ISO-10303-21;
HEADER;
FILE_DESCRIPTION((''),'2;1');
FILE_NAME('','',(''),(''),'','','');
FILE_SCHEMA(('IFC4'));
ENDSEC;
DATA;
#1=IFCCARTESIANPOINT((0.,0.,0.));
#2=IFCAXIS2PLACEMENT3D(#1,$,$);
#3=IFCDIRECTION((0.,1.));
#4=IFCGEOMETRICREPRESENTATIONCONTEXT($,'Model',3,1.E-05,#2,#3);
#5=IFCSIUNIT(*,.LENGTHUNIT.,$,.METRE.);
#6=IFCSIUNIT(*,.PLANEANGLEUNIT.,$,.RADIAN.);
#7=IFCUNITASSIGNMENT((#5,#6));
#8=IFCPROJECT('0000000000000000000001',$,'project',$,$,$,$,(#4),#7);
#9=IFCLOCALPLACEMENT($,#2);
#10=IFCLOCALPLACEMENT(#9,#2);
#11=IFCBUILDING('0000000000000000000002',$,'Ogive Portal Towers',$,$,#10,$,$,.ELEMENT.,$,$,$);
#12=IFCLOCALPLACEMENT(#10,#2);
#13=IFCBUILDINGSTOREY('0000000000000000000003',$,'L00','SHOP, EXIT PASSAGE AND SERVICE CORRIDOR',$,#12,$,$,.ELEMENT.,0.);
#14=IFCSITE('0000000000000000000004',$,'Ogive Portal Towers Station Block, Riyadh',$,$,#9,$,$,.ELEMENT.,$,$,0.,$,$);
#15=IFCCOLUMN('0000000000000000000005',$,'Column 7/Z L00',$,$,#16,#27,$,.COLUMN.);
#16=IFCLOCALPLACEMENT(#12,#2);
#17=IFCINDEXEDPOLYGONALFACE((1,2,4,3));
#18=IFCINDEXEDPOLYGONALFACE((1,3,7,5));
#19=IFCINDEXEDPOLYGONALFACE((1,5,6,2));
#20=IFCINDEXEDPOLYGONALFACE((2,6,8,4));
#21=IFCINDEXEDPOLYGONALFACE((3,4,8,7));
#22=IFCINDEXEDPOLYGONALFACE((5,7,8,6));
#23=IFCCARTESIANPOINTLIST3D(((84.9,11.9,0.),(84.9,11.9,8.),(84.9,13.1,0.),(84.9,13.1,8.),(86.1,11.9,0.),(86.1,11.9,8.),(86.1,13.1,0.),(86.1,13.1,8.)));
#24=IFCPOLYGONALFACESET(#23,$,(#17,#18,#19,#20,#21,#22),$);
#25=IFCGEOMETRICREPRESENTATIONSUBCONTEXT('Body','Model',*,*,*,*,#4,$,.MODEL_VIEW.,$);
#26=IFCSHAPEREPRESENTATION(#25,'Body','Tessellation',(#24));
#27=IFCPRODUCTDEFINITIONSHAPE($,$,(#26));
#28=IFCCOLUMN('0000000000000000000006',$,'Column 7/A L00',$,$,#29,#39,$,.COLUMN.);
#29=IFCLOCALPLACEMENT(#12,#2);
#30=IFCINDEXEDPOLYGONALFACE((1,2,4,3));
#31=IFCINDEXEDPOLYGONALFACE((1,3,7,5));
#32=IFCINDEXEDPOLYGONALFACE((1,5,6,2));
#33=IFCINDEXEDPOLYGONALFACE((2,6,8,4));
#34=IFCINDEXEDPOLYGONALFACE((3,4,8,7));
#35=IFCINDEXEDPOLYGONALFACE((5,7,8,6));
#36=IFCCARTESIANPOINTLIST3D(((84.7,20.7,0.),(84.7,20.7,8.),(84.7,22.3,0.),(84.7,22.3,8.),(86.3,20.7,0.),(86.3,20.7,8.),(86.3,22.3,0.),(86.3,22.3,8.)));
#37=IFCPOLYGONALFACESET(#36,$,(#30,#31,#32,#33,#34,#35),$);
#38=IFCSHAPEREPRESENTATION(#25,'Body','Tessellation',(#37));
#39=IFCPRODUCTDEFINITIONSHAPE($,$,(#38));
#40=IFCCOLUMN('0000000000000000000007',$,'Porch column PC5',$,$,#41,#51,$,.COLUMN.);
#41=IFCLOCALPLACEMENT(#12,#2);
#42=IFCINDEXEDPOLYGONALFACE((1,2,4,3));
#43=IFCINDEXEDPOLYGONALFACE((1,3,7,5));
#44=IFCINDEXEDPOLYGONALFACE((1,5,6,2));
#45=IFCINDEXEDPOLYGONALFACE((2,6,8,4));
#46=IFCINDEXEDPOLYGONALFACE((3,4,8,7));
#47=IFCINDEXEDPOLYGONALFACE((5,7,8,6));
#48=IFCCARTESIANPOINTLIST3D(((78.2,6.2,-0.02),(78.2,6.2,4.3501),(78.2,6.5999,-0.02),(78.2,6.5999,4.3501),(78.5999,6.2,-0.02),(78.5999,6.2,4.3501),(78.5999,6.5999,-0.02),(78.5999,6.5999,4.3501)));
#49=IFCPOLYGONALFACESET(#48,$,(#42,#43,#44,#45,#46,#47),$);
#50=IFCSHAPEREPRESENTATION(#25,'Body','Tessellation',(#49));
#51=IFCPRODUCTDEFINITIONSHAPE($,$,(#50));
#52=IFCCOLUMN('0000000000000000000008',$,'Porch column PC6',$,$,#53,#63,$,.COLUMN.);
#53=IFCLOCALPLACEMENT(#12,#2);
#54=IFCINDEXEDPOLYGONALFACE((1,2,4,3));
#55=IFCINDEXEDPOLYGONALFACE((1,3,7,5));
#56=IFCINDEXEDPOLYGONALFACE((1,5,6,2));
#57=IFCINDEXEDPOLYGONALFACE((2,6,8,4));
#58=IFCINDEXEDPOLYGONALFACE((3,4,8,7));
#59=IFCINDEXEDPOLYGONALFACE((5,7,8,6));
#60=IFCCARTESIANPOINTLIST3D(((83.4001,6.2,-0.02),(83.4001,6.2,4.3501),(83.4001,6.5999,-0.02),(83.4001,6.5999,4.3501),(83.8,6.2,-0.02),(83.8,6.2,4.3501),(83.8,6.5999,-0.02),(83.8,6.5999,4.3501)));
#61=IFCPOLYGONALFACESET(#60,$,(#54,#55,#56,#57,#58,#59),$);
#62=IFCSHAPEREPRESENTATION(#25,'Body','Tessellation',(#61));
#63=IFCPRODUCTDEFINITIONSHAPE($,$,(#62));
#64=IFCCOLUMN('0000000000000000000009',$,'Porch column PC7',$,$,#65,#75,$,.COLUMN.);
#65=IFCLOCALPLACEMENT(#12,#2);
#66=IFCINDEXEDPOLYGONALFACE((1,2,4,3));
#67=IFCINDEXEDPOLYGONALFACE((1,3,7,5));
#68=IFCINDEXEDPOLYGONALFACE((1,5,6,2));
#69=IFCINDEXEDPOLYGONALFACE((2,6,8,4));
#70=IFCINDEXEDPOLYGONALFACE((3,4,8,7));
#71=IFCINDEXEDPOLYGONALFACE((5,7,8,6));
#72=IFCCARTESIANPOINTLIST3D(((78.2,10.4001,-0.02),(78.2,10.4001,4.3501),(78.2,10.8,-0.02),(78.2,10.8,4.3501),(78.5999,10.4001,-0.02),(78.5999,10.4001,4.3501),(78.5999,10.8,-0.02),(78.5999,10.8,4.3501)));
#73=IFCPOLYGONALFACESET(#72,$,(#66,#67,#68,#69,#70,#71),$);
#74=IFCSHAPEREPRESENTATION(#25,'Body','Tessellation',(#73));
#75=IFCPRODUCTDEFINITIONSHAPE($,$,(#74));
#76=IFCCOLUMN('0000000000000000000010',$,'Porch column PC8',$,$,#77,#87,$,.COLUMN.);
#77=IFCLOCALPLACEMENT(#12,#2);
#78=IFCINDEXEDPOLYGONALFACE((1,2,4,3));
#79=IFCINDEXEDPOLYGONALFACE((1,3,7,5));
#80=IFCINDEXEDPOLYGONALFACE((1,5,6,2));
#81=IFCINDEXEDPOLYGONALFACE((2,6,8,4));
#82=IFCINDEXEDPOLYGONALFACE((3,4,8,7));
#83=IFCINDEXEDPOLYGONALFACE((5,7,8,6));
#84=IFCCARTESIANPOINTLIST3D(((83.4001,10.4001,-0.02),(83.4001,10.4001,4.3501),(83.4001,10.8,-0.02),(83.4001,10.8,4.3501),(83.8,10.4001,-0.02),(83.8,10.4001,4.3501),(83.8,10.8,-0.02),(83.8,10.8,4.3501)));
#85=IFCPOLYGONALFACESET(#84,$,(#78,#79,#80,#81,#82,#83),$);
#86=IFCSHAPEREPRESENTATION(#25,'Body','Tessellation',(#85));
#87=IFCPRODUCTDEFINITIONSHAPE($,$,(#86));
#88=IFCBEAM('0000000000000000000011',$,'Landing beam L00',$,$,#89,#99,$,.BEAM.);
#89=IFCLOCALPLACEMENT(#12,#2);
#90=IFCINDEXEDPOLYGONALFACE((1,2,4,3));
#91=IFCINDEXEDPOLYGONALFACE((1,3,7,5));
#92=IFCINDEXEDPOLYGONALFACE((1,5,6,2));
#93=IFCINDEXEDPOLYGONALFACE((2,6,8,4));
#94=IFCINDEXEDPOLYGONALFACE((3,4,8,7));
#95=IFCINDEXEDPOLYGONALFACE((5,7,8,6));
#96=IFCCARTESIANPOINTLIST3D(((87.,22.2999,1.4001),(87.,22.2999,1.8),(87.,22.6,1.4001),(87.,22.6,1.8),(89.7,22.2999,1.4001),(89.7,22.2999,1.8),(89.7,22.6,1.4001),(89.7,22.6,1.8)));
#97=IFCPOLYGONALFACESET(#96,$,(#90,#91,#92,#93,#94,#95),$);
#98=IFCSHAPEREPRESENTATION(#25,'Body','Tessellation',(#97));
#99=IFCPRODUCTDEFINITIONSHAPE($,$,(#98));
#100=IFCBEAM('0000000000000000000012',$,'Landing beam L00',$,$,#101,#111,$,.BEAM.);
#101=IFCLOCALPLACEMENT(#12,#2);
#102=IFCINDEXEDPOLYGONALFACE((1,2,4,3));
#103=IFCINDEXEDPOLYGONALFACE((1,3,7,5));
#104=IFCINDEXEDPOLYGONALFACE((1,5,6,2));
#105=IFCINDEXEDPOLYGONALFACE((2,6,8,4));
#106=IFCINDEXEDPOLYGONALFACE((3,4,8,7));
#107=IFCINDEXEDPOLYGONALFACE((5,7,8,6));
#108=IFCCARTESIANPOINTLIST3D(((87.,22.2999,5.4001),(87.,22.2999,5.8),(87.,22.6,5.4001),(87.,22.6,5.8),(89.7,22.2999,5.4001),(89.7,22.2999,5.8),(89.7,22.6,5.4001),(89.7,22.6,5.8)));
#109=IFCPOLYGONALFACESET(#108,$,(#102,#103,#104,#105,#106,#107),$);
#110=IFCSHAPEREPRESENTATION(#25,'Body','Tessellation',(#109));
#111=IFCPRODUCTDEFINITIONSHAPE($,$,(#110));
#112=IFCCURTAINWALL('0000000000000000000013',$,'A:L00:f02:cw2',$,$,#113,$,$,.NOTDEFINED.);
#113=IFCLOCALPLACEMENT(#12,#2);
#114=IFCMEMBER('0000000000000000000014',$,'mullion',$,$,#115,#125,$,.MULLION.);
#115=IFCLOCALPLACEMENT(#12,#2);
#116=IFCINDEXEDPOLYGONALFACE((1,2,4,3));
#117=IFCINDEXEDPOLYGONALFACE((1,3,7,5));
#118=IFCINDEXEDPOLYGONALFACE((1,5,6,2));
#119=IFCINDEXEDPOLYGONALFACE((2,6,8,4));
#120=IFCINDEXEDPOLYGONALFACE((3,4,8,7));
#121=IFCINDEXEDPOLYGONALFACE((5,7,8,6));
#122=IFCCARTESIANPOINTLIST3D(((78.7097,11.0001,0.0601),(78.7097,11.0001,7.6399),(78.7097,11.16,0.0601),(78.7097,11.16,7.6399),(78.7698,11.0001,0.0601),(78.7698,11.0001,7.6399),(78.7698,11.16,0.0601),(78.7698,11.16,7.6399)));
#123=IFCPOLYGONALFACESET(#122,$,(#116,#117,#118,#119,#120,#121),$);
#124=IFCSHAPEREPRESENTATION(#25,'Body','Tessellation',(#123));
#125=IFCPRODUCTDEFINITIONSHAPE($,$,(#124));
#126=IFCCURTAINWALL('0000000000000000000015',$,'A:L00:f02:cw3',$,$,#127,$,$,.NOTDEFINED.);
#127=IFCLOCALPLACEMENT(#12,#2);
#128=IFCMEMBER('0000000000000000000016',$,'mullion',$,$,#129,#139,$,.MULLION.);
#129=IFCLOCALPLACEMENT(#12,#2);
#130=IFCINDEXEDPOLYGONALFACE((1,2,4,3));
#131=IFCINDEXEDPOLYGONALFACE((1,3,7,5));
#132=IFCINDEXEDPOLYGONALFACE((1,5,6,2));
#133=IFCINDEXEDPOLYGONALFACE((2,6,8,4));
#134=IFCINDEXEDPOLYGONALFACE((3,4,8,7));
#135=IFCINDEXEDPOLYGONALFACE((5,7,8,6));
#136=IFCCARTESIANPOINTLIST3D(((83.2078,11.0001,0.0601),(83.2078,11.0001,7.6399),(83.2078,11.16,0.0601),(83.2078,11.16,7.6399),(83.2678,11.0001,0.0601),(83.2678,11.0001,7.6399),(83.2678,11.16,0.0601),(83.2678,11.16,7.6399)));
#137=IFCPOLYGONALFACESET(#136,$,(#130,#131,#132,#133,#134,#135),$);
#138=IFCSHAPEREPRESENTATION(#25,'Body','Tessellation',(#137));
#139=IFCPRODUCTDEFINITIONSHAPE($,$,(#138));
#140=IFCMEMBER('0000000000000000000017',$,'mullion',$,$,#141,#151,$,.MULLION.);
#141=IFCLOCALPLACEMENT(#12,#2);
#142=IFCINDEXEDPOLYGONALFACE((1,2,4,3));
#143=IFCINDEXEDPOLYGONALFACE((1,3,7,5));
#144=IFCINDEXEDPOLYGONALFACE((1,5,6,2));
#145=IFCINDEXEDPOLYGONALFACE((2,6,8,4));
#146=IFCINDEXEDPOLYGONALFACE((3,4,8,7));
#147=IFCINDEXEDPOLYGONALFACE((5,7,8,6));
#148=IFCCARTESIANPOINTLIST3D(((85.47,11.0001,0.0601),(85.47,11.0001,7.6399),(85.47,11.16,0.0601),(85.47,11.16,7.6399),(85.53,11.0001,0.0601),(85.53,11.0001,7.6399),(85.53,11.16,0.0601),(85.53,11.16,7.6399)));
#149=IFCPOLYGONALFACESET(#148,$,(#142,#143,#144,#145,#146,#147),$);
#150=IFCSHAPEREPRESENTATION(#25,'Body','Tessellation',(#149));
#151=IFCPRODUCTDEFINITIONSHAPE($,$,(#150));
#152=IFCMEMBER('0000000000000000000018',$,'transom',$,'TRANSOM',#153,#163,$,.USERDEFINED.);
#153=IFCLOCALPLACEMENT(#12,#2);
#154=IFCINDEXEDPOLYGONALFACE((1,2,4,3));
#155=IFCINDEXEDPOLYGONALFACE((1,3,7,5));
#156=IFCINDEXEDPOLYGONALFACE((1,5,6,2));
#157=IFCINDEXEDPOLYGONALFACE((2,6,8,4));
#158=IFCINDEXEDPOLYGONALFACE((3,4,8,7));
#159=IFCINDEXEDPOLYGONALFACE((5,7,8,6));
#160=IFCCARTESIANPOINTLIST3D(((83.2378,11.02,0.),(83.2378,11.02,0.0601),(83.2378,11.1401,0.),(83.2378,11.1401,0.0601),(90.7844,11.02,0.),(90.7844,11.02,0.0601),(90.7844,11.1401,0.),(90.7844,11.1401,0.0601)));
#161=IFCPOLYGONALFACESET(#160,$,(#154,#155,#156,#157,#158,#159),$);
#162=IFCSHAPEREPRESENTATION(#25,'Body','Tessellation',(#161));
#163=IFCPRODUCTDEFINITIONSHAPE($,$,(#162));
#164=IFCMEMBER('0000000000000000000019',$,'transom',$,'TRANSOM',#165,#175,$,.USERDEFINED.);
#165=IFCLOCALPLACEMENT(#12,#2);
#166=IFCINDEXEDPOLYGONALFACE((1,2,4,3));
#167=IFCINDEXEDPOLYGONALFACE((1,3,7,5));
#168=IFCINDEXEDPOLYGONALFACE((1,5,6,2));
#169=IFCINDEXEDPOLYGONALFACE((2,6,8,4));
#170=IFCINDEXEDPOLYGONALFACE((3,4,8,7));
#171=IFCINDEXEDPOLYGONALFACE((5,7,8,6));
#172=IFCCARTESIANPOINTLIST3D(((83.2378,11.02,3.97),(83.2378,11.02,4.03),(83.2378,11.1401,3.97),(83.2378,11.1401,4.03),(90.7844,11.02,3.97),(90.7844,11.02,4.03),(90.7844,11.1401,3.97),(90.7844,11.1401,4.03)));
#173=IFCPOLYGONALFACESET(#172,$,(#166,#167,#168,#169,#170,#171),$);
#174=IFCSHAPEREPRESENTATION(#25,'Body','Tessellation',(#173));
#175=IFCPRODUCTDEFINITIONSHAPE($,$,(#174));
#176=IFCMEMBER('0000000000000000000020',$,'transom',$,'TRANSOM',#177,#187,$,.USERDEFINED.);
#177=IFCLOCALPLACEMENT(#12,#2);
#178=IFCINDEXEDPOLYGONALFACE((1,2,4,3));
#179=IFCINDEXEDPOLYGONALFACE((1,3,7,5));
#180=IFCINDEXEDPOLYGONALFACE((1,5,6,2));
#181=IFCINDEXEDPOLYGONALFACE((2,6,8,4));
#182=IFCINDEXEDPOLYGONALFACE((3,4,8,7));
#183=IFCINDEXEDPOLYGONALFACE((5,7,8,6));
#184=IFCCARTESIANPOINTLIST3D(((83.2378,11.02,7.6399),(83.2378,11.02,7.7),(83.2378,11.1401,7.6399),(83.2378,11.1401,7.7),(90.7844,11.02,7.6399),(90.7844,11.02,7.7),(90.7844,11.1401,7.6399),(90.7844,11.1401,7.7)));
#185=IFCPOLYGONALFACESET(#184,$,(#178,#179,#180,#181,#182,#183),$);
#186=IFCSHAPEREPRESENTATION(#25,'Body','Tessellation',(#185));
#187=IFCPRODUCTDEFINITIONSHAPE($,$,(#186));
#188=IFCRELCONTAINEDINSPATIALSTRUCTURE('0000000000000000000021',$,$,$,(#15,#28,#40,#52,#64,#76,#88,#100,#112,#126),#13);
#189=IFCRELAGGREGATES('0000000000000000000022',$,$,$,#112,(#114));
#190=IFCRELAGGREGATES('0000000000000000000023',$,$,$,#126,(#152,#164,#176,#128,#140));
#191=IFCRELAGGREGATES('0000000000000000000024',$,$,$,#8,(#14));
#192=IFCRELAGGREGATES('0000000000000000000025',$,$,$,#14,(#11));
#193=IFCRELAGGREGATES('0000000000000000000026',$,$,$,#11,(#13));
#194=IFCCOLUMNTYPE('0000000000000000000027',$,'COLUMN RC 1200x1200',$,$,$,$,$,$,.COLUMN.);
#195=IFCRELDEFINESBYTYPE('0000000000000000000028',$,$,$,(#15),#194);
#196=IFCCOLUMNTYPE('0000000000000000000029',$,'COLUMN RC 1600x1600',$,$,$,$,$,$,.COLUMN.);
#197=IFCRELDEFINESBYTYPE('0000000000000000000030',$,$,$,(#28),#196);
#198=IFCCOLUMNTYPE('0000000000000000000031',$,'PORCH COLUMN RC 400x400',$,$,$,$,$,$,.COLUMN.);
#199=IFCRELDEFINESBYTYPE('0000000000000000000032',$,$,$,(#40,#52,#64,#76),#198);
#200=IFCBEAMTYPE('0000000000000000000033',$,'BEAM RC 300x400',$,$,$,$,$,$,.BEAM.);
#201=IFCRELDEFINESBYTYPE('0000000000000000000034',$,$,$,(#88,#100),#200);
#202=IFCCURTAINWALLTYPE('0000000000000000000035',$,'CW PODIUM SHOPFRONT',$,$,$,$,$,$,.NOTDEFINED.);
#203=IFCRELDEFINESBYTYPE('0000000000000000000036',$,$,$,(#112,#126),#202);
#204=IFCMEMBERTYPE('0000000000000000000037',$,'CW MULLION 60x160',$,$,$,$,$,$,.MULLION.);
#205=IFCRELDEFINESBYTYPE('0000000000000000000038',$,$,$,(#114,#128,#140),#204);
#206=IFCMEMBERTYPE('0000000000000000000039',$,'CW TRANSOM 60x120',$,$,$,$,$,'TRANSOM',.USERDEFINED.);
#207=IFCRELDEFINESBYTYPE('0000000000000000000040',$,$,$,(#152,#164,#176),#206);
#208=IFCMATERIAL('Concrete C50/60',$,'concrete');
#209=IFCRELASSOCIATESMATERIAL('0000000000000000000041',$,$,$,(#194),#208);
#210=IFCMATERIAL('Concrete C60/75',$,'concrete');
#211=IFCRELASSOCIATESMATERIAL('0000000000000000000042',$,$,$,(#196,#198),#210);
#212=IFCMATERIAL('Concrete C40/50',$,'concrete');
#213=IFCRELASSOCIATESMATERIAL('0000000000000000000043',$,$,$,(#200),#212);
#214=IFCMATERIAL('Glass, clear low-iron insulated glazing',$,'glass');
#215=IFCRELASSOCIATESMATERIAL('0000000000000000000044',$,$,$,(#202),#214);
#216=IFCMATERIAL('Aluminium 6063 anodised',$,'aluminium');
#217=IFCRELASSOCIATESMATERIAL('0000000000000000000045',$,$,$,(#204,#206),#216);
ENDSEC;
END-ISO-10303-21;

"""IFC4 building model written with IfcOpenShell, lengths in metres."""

from ifc_helpers import new_model, si_unit, direction, frame, origin, origin_2d, place, context, subcontext, project, spatial, rectangle, extrude, material, material_profile, profile_set, type_object, element, aggregate, save


model = new_model("IFC4")

# Units and contexts
model_context = context("Model", 3, precision=1e-05, world=origin(), true_north=direction((0.0, 1.0)))
body_context = subcontext(model_context, "Body", "Model", "MODEL_VIEW")
ifc_project = project(units=[si_unit("LENGTHUNIT", "METRE"), si_unit("PLANEANGLEUNIT", "RADIAN")], contexts=[model_context])

# Site, building, storey
site_placement = place(None, origin())
site = spatial("IfcSite", under=ifc_project, at=site_placement, Name="Ogive Portal Towers Station Block, Riyadh", CompositionType="ELEMENT", RefElevation=0.0)
building_placement = place(site_placement, origin())
building = spatial("IfcBuilding", under=site, at=building_placement, Name="Ogive Portal Towers", CompositionType="ELEMENT")
storey_placement = place(building_placement, origin())
storey = spatial("IfcBuildingStorey", under=building, at=storey_placement, Name="L00", Description="SHOP, EXIT PASSAGE AND SERVICE CORRIDOR", CompositionType="ELEMENT", Elevation=0.0)

# Columns
ifc_material_1 = material(Name="Concrete C50/60", Category="concrete")
ifc_material_profile_1 = material_profile(ifc_material_1, rectangle(XDim=1.2, YDim=1.2, at=origin_2d()), Name="RC 1200x1200")
ifc_profile_set_1 = profile_set([ifc_material_profile_1], Name="Concrete C50/60")
column_type_1 = type_object("IfcColumnType", Name="COLUMN RC 1200x1200", PredefinedType="COLUMN", material=ifc_profile_set_1)
column_1_placement = place(storey_placement, frame((85.5, 12.5, 0.0), z_axis=(0.0, 0.0, 1.0), x_axis=(1.0, 0.0, 0.0)))
element("IfcColumn", 1, at=column_1_placement, inside=storey, type_object=column_type_1, Name="Column 7/Z L00", PredefinedType="COLUMN", context=body_context, shape_type="SweptSolid", body=[
    extrude(rectangle(XDim=1.2, YDim=1.2, at=origin_2d()), origin(), (0.0, 0.0, 1.0), 8.0),
])
ifc_material_2 = material(Name="Concrete C60/75", Category="concrete")
ifc_material_profile_2 = material_profile(ifc_material_2, rectangle(XDim=1.6001, YDim=1.6001, at=origin_2d()), Name="RC 1600x1600")
ifc_profile_set_2 = profile_set([ifc_material_profile_2], Name="Concrete C60/75")
column_type_2 = type_object("IfcColumnType", Name="COLUMN RC 1600x1600", PredefinedType="COLUMN", material=ifc_profile_set_2)
column_2_placement = place(storey_placement, frame((85.5, 21.5, 0.0), z_axis=(0.0, 0.0, 1.0), x_axis=(1.0, 0.0, 0.0)))
element("IfcColumn", 2, at=column_2_placement, inside=storey, type_object=column_type_2, Name="Column 7/A L00", PredefinedType="COLUMN", context=body_context, shape_type="SweptSolid", body=[
    extrude(rectangle(XDim=1.6001, YDim=1.6001, at=origin_2d()), origin(), (0.0, 0.0, 1.0), 8.0),
])
ifc_material_profile_3 = material_profile(ifc_material_2, rectangle(XDim=0.3999, YDim=0.3999, at=origin_2d()), Name="RC 400x400")
ifc_profile_set_3 = profile_set([ifc_material_profile_3], Name="Concrete C60/75")
column_type_3 = type_object("IfcColumnType", Name="PORCH COLUMN RC 400x400", PredefinedType="COLUMN", material=ifc_profile_set_3)
for number, where, z_axis, x_axis, name in (
    (3, (78.3999, 6.3999, -0.02), (0.0, 0.0, 1.0), (1.0, 0.0, 0.0), "Porch column PC5"),
    (4, (83.6001, 6.3999, -0.02), (0.0, 0.0, 1.0), (1.0, 0.0, 0.0), "Porch column PC6"),
    (5, (78.3999, 10.6001, -0.02), (0.0, 0.0, 1.0), (1.0, 0.0, 0.0), "Porch column PC7"),
    (6, (83.6001, 10.6001, -0.02), (0.0, 0.0, 1.0), (1.0, 0.0, 0.0), "Porch column PC8"),
):
    element("IfcColumn", number, at=place(storey_placement, frame(where, z_axis=z_axis, x_axis=x_axis)), inside=storey, type_object=column_type_3, Name=name, PredefinedType="COLUMN", context=body_context, shape_type="SweptSolid", body=[
        extrude(rectangle(XDim=0.3999, YDim=0.3999, at=origin_2d()), origin(), (0.0, 0.0, 1.0), 4.3701),
    ])

# Beams
ifc_material_3 = material(Name="Concrete C40/50", Category="concrete")
ifc_material_profile_4 = material_profile(ifc_material_3, rectangle(XDim=0.3, YDim=0.3999, at=origin_2d()), Name="RC 300x400")
ifc_profile_set_4 = profile_set([ifc_material_profile_4], Name="Concrete C40/50")
beam_type = type_object("IfcBeamType", Name="BEAM RC 300x400", PredefinedType="BEAM", material=ifc_profile_set_4)
for number, where, z_axis, x_axis, name in (
    (7, (87.0, 22.45, 1.6001), (1.0, 0.0, 0.0), (0.0, 1.0, 0.0), "Landing beam L00"),
    (8, (87.0, 22.45, 5.6001), (1.0, 0.0, 0.0), (0.0, 1.0, 0.0), "Landing beam L00"),
):
    element("IfcBeam", number, at=place(storey_placement, frame(where, z_axis=z_axis, x_axis=x_axis)), inside=storey, type_object=beam_type, Name=name, PredefinedType="BEAM", context=body_context, shape_type="SweptSolid", body=[
        extrude(rectangle(XDim=0.3, YDim=0.3999, at=origin_2d()), origin(), (0.0, 0.0, 1.0), 2.7),
    ])

# Curtain wall, member
ifc_material_4 = material(Name="Glass, clear low-iron insulated glazing", Category="glass")
curtain_wall_type = type_object("IfcCurtainWallType", Name="CW PODIUM SHOPFRONT", PredefinedType="NOTDEFINED", material=ifc_material_4)
curtain_wall_1_placement = place(storey_placement, origin())
curtain_wall_1 = element("IfcCurtainWall", 9, at=curtain_wall_1_placement, inside=storey, type_object=curtain_wall_type, Name="A:L00:f02:cw2", PredefinedType="NOTDEFINED")
ifc_material_5 = material(Name="Aluminium 6063 anodised", Category="aluminium")
ifc_material_profile_5 = material_profile(ifc_material_5, rectangle(XDim=0.1599, YDim=0.0601, at=origin_2d()), Name="AL 60x160")
ifc_profile_set_5 = profile_set([ifc_material_profile_5], Name="Aluminium 6063 anodised")
member_type_1 = type_object("IfcMemberType", Name="CW MULLION 60x160", PredefinedType="MULLION", material=ifc_profile_set_5)
member_1_placement = place(storey_placement, frame((78.7397, 11.0801, 0.0601), z_axis=(0.0, 0.0, 1.0), x_axis=(0.0, 1.0, 0.0)))
member_1 = element("IfcMember", 10, at=member_1_placement, type_object=member_type_1, Name="mullion", PredefinedType="MULLION", context=body_context, shape_type="SweptSolid", body=[
    extrude(rectangle(XDim=0.1599, YDim=0.0601, at=origin_2d()), origin(), (0.0, 0.0, 1.0), 7.5798),
])
aggregate(curtain_wall_1, [member_1])

# Curtain wall, members
curtain_wall_2_placement = place(storey_placement, origin())
curtain_wall_2 = element("IfcCurtainWall", 11, at=curtain_wall_2_placement, inside=storey, type_object=curtain_wall_type, Name="A:L00:f02:cw3", PredefinedType="NOTDEFINED")
member_2_placement = place(storey_placement, frame((83.2378, 11.0801, 0.0601), z_axis=(0.0, 0.0, 1.0), x_axis=(0.0, 1.0, 0.0)))
member_2 = element("IfcMember", 12, at=member_2_placement, type_object=member_type_1, Name="mullion", PredefinedType="MULLION", context=body_context, shape_type="SweptSolid", body=[
    extrude(rectangle(XDim=0.1599, YDim=0.0601, at=origin_2d()), origin(), (0.0, 0.0, 1.0), 7.5798),
])
member_3_placement = place(storey_placement, frame((85.5, 11.0801, 0.0601), z_axis=(0.0, 0.0, 1.0), x_axis=(0.0, 1.0, 0.0)))
member_3 = element("IfcMember", 13, at=member_3_placement, type_object=member_type_1, Name="mullion", PredefinedType="MULLION", context=body_context, shape_type="SweptSolid", body=[
    extrude(rectangle(XDim=0.1599, YDim=0.0601, at=origin_2d()), origin(), (0.0, 0.0, 1.0), 7.5798),
])
ifc_material_profile_6 = material_profile(ifc_material_5, rectangle(XDim=0.1201, YDim=0.0601, at=origin_2d()), Name="AL 120x60")
ifc_profile_set_6 = profile_set([ifc_material_profile_6], Name="Aluminium 6063 anodised")
member_type_2 = type_object("IfcMemberType", Name="CW TRANSOM 60x120", ElementType="TRANSOM", PredefinedType="USERDEFINED", material=ifc_profile_set_6)
member_4_placement = place(storey_placement, frame((83.2378, 11.0801, 0.03), z_axis=(1.0, 0.0, 0.0), x_axis=(0.0, 1.0, 0.0)))
member_4 = element("IfcMember", 14, at=member_4_placement, type_object=member_type_2, Name="transom", ObjectType="TRANSOM", PredefinedType="USERDEFINED", context=body_context, shape_type="SweptSolid", body=[
    extrude(rectangle(XDim=0.1201, YDim=0.0601, at=origin_2d()), origin(), (0.0, 0.0, 1.0), 7.5466),
])
member_5_placement = place(storey_placement, frame((83.2378, 11.0801, 4.0), z_axis=(1.0, 0.0, 0.0), x_axis=(0.0, 1.0, 0.0)))
member_5 = element("IfcMember", 15, at=member_5_placement, type_object=member_type_2, Name="transom", ObjectType="TRANSOM", PredefinedType="USERDEFINED", context=body_context, shape_type="SweptSolid", body=[
    extrude(rectangle(XDim=0.1201, YDim=0.0601, at=origin_2d()), origin(), (0.0, 0.0, 1.0), 7.5466),
])
member_6_placement = place(storey_placement, frame((83.2378, 11.0801, 7.6699), z_axis=(1.0, 0.0, 0.0), x_axis=(0.0, 1.0, 0.0)))
member_6 = element("IfcMember", 16, at=member_6_placement, type_object=member_type_2, Name="transom", ObjectType="TRANSOM", PredefinedType="USERDEFINED", context=body_context, shape_type="SweptSolid", body=[
    extrude(rectangle(XDim=0.1201, YDim=0.0601, at=origin_2d()), origin(), (0.0, 0.0, 1.0), 7.5466),
])
aggregate(curtain_wall_2, [member_4, member_5, member_6, member_2, member_3])

save(model, "model.ifc")
